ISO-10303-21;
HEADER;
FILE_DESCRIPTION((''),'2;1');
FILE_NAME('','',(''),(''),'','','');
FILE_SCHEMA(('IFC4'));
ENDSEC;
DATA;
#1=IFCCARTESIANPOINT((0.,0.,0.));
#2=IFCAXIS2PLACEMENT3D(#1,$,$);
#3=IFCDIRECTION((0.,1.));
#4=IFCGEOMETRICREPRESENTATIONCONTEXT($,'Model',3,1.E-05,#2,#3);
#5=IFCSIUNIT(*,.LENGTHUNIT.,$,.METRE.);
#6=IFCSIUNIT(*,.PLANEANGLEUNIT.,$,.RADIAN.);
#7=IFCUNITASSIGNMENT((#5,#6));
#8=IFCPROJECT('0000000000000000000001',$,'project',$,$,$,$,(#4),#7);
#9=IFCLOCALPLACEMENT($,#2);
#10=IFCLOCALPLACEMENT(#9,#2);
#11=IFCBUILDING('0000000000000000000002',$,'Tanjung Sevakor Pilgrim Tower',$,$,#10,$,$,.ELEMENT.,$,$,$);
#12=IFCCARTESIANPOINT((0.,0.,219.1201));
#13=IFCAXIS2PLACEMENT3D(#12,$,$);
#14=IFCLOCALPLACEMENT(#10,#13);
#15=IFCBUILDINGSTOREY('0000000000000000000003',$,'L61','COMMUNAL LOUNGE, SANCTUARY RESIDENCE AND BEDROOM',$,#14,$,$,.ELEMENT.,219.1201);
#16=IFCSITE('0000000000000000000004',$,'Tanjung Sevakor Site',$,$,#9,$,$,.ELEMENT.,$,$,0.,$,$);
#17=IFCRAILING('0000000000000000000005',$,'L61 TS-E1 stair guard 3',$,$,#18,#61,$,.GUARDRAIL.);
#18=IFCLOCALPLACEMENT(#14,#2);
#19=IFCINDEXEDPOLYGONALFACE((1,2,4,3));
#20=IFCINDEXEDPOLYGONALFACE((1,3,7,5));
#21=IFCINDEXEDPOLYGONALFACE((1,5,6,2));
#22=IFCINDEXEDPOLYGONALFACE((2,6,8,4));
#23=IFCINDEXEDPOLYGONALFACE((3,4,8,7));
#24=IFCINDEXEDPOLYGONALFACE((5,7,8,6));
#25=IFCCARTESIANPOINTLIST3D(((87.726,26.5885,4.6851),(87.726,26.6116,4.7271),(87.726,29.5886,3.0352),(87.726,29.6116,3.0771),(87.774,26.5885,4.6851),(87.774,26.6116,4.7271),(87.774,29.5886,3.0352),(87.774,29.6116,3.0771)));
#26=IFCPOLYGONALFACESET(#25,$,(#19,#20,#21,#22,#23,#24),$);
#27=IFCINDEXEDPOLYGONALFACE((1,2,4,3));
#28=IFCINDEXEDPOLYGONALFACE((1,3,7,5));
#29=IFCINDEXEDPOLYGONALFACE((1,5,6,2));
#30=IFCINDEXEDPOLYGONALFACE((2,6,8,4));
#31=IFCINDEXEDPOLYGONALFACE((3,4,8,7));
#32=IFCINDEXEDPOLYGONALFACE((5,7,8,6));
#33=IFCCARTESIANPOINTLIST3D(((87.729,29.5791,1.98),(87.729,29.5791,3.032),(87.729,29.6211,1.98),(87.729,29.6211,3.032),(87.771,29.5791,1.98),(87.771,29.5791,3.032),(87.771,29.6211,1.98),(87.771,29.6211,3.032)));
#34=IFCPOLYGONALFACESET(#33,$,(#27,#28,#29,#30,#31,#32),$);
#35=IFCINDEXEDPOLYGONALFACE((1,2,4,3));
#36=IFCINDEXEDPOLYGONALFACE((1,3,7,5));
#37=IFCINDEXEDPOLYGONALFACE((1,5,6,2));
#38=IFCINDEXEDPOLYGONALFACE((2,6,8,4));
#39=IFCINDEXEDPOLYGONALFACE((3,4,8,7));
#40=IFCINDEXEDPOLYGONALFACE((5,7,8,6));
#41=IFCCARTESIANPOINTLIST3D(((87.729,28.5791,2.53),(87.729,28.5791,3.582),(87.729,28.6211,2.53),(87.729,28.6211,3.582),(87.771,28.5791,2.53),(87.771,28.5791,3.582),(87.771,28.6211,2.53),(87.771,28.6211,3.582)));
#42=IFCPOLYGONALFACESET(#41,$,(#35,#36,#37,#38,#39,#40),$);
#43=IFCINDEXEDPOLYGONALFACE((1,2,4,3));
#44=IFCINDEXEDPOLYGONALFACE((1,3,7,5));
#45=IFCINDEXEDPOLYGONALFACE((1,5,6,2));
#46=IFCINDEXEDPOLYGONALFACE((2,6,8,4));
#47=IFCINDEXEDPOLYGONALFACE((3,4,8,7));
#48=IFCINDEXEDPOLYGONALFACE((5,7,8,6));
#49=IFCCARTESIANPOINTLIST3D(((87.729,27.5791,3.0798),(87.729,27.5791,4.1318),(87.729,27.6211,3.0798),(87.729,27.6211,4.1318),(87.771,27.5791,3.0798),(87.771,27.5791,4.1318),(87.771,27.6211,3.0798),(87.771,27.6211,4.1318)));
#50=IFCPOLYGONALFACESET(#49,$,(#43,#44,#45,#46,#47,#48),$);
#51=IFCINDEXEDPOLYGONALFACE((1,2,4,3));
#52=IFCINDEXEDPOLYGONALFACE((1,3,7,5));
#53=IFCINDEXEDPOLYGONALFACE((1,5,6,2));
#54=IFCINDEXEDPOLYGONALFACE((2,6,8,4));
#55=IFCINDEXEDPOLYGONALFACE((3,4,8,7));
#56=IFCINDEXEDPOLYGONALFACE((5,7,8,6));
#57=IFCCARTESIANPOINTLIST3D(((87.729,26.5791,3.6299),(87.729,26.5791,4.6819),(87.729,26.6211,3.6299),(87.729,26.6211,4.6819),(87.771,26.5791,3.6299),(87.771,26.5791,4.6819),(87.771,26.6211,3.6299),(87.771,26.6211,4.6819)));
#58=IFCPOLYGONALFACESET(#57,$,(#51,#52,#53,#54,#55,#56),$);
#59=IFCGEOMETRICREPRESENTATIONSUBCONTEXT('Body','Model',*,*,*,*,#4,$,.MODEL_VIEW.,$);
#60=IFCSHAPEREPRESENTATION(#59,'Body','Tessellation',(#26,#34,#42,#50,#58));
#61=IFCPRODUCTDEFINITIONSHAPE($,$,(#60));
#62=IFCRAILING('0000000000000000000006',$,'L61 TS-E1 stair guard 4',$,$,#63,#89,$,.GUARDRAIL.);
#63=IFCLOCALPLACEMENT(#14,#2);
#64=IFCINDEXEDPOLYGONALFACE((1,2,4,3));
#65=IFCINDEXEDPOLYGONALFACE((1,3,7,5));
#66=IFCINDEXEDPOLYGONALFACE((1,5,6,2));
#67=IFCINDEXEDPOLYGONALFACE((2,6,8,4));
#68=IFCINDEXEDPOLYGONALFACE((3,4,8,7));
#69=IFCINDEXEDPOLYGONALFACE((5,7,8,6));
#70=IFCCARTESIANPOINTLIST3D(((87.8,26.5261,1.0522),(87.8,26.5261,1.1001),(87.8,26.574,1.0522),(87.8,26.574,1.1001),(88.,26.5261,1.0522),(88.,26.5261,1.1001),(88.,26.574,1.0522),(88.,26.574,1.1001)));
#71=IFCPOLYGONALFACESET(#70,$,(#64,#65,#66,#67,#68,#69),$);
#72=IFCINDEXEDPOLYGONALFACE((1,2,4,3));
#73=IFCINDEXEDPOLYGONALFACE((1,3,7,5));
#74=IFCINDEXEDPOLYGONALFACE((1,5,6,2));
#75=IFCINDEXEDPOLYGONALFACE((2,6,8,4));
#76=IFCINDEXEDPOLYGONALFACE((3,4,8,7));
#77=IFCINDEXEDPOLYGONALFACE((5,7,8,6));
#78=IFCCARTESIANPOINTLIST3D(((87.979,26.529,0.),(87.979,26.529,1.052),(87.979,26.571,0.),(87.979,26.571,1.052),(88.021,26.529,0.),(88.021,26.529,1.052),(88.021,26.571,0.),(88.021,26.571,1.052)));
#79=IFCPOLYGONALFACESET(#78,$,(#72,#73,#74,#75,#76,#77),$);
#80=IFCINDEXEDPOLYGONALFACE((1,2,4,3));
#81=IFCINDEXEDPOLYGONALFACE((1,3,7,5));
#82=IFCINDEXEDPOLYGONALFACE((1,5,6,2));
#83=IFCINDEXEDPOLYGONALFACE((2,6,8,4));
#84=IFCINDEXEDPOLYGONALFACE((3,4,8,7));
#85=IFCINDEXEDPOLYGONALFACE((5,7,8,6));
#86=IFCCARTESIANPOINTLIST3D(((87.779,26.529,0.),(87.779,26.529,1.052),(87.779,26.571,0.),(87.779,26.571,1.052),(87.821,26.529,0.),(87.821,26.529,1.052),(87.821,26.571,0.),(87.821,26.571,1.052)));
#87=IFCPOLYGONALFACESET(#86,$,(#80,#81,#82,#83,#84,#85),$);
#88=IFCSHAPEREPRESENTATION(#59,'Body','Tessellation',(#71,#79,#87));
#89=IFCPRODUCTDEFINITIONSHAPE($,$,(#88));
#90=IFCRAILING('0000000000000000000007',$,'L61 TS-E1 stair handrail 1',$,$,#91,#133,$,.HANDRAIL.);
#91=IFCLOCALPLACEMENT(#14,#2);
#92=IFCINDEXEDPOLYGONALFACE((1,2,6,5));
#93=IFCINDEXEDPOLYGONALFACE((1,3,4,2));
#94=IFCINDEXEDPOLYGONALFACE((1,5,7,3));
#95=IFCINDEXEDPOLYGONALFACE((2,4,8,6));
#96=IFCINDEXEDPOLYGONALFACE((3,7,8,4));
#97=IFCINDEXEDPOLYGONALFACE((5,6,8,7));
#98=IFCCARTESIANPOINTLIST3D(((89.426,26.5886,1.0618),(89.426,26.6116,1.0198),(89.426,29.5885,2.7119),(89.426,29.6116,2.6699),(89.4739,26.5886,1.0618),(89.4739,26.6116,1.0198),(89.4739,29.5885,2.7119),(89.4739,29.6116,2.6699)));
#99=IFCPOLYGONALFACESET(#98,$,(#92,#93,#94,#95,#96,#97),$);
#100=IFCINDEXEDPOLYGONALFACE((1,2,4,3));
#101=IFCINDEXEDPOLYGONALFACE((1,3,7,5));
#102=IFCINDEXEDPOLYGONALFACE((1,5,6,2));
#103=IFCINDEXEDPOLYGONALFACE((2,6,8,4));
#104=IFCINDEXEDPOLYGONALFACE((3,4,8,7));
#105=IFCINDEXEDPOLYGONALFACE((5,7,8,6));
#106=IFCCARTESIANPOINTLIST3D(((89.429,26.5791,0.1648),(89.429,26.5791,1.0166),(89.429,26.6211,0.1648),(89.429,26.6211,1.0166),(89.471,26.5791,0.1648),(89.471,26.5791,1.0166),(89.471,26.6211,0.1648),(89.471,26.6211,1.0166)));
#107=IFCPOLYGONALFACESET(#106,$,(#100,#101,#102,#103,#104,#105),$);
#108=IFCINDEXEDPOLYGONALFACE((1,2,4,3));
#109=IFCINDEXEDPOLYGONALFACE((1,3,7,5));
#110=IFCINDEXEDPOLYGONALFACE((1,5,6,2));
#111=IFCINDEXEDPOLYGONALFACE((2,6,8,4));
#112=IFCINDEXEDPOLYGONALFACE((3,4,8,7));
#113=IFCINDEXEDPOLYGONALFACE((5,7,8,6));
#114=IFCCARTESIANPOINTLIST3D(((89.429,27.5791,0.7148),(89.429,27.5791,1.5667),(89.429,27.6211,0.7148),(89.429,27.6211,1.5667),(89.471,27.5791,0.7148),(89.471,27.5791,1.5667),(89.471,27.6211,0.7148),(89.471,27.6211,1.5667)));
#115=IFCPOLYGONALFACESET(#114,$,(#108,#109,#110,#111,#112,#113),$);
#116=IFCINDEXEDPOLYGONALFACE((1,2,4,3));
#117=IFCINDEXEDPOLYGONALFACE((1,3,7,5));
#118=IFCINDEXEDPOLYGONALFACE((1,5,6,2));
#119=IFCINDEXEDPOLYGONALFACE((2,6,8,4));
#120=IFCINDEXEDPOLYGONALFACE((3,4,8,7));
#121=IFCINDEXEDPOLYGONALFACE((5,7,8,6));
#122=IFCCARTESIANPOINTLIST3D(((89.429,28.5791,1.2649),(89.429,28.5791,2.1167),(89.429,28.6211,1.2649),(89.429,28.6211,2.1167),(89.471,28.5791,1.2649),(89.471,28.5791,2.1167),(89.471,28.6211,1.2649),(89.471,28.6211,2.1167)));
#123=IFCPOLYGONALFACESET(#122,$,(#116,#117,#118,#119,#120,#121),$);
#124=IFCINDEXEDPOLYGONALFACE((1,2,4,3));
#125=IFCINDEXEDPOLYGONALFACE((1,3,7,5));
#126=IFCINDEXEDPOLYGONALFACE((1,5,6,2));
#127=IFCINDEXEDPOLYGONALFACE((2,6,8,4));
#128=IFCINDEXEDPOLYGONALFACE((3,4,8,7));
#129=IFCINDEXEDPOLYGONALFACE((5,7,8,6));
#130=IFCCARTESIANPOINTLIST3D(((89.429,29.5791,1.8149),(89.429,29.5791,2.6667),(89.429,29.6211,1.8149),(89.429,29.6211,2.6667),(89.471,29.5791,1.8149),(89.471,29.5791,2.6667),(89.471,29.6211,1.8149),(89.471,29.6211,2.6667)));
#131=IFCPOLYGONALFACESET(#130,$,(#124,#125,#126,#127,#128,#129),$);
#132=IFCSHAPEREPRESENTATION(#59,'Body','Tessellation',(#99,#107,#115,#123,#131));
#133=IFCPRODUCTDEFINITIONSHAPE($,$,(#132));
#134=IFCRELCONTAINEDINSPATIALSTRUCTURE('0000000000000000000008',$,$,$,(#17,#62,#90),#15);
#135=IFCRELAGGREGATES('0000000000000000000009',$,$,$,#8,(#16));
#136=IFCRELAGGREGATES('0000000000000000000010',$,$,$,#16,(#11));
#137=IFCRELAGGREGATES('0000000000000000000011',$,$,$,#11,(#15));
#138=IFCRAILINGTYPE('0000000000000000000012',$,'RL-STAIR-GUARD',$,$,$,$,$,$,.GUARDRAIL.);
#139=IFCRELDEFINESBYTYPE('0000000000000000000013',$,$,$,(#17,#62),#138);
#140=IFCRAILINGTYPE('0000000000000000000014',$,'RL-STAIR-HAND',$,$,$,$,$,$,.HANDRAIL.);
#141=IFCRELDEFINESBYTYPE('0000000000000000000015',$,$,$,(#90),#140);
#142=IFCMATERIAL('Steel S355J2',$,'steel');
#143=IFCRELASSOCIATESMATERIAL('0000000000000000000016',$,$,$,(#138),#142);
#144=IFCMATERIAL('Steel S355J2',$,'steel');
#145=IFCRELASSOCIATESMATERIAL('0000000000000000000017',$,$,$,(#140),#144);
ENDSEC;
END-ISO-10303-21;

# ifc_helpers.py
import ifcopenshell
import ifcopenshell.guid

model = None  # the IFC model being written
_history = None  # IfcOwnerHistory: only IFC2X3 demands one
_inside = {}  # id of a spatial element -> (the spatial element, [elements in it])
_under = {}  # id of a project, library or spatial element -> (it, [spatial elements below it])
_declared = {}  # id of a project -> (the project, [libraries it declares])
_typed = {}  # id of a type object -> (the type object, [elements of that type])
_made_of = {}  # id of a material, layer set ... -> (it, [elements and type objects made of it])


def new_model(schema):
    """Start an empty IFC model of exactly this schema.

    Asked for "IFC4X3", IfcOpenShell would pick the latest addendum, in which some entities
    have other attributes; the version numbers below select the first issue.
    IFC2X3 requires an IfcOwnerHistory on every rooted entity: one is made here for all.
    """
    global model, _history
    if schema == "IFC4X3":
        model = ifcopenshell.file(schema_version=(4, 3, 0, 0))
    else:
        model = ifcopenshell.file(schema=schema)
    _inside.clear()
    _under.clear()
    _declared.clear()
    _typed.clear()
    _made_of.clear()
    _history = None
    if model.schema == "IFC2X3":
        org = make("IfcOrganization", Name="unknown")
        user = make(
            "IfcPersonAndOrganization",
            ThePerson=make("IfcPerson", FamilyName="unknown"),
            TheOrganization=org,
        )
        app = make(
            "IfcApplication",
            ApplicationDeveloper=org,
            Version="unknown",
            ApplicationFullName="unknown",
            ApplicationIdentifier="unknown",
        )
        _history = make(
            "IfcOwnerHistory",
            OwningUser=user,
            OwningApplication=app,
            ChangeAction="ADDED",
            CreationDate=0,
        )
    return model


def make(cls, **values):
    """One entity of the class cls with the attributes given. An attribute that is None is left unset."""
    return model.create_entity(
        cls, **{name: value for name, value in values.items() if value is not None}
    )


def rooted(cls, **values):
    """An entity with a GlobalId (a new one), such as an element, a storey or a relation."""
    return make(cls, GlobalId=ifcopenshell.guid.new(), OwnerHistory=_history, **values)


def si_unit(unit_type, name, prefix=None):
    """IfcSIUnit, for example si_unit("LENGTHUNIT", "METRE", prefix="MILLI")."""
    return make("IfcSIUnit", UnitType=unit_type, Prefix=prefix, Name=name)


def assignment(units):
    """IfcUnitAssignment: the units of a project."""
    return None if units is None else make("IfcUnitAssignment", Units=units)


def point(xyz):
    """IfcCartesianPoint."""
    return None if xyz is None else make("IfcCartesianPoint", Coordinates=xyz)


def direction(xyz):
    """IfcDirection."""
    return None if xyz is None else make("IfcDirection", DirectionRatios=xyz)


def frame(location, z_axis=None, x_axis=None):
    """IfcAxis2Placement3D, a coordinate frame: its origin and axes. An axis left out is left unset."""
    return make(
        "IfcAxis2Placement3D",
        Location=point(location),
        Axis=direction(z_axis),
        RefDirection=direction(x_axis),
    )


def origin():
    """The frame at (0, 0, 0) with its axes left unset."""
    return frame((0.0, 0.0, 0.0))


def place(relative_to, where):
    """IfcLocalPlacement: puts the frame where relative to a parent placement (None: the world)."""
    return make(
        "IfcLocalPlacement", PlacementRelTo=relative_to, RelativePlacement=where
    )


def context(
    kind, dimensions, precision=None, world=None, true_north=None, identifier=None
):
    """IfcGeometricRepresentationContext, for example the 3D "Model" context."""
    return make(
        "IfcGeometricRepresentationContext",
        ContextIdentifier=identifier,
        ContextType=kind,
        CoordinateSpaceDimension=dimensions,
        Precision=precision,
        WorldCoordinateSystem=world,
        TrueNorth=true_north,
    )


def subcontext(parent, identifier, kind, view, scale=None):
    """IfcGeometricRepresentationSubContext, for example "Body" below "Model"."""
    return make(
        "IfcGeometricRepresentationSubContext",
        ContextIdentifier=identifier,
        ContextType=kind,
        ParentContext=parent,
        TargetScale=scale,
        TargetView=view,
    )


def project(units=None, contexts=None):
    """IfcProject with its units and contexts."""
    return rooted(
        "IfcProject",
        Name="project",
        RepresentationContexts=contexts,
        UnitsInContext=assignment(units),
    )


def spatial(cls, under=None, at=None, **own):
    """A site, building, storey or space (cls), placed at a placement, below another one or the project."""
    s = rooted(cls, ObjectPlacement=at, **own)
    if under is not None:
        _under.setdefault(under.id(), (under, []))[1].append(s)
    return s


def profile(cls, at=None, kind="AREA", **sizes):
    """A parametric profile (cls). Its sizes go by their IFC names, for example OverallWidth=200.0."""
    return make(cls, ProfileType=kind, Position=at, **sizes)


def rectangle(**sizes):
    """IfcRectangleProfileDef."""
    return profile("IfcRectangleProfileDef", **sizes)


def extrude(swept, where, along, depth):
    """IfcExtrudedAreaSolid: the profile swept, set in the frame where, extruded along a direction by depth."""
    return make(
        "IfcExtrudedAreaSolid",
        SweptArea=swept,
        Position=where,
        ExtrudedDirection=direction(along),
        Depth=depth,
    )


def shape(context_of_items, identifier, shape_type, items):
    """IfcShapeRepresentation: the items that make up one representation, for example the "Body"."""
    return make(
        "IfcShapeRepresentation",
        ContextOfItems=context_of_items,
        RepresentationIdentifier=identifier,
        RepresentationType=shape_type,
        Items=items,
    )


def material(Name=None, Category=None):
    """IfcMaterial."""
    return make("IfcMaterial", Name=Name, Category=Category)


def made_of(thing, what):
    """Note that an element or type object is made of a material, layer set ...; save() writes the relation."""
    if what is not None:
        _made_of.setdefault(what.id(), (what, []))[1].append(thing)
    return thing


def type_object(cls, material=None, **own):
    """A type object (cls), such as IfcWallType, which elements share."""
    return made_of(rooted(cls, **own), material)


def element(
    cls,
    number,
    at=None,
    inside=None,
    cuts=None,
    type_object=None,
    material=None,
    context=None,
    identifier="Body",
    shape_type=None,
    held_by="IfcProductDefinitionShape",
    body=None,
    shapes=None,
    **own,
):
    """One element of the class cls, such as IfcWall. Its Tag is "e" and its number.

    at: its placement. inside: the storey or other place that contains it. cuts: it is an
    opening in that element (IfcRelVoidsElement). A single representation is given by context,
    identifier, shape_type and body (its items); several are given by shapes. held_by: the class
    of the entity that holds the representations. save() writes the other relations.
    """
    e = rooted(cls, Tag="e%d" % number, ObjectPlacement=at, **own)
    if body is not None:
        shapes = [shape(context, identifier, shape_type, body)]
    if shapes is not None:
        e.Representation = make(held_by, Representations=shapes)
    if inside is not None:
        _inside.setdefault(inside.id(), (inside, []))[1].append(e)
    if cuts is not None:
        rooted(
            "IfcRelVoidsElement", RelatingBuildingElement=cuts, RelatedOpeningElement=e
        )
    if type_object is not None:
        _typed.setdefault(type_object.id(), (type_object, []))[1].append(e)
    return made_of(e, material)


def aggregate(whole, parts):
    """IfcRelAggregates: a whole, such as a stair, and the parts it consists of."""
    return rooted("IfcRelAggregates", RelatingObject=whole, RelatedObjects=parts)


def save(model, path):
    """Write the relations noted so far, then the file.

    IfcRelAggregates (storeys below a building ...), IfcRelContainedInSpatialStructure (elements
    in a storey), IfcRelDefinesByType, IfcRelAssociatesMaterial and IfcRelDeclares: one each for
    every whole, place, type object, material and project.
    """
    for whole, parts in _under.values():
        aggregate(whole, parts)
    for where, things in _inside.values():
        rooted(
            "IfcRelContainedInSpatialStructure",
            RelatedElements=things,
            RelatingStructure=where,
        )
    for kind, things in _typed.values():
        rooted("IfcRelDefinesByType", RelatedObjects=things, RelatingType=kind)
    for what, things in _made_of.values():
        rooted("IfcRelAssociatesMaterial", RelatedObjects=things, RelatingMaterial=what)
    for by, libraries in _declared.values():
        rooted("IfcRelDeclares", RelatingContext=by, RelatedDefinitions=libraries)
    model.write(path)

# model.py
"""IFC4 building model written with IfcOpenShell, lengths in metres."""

from ifc_helpers import new_model, si_unit, direction, frame, origin, place, context, subcontext, project, spatial, rectangle, extrude, material, type_object, element, save


model = new_model("IFC4")

# Units and contexts
model_context = context("Model", 3, precision=1e-05, world=origin(), true_north=direction((0.0, 1.0)))
body_context = subcontext(model_context, "Body", "Model", "MODEL_VIEW")
ifc_project = project(units=[si_unit("LENGTHUNIT", "METRE"), si_unit("PLANEANGLEUNIT", "RADIAN")], contexts=[model_context])

# Site, building, storey
site_placement = place(None, origin())
site = spatial("IfcSite", under=ifc_project, at=site_placement, Name="Tanjung Sevakor Site", CompositionType="ELEMENT", RefElevation=0.0)
building_placement = place(site_placement, origin())
building = spatial("IfcBuilding", under=site, at=building_placement, Name="Tanjung Sevakor Pilgrim Tower", CompositionType="ELEMENT")
storey_placement = place(building_placement, frame((0.0, 0.0, 219.1201)))
storey = spatial("IfcBuildingStorey", under=building, at=storey_placement, Name="L61", Description="COMMUNAL LOUNGE, SANCTUARY RESIDENCE AND BEDROOM", CompositionType="ELEMENT", Elevation=219.1201)

# Railings
ifc_material_1 = material(Name="Steel S355J2", Category="steel")
railing_type_1 = type_object("IfcRailingType", Name="RL-STAIR-GUARD", PredefinedType="GUARDRAIL", material=ifc_material_1)
railing_1_placement = place(storey_placement, frame((87.75, 29.6001, 1.98)))
element("IfcRailing", 1, at=railing_1_placement, inside=storey, type_object=railing_type_1, Name="L61 TS-E1 stair guard 3", PredefinedType="GUARDRAIL", context=body_context, shape_type="SweptSolid", body=[
    extrude(rectangle(XDim=0.0479, YDim=0.0479), frame((0.0, 0.0, 1.0762), z_axis=(0.0, -0.876228, 0.481897), x_axis=(1.0, 0.0, 0.0)), (0.0, 0.0, 1.0), 3.4238),
    extrude(rectangle(XDim=0.042, YDim=0.042), origin(), (0.0, 0.0, 1.0), 1.052),
    extrude(rectangle(XDim=0.042, YDim=0.042), frame((0.0, -1.0, 0.55)), (0.0, 0.0, 1.0), 1.052),
    extrude(rectangle(XDim=0.042, YDim=0.042), frame((0.0, -2.0, 1.0999)), (0.0, 0.0, 1.0), 1.052),
    extrude(rectangle(XDim=0.042, YDim=0.042), frame((0.0, -3.0, 1.6499)), (0.0, 0.0, 1.0), 1.052),
])
railing_2_placement = place(storey_placement, frame((88.0, 26.55, 0.0)))
element("IfcRailing", 2, at=railing_2_placement, inside=storey, type_object=railing_type_1, Name="L61 TS-E1 stair guard 4", PredefinedType="GUARDRAIL", context=body_context, shape_type="SweptSolid", body=[
    extrude(rectangle(XDim=0.0479, YDim=0.0479), frame((0.0, 0.0, 1.0762), z_axis=(-1.0, 0.0, 0.0), x_axis=(0.0, -1.0, 0.0)), (0.0, 0.0, 1.0), 0.2),
    extrude(rectangle(XDim=0.042, YDim=0.042), origin(), (0.0, 0.0, 1.0), 1.052),
    extrude(rectangle(XDim=0.042, YDim=0.042), frame((-0.2, 0.0, 0.0)), (0.0, 0.0, 1.0), 1.052),
])
ifc_material_2 = material(Name="Steel S355J2", Category="steel")
railing_type_2 = type_object("IfcRailingType", Name="RL-STAIR-HAND", PredefinedType="HANDRAIL", material=ifc_material_2)
railing_3_placement = place(storey_placement, frame((89.45, 26.6001, 0.1648)))
element("IfcRailing", 3, at=railing_3_placement, inside=storey, type_object=railing_type_2, Name="L61 TS-E1 stair handrail 1", PredefinedType="HANDRAIL", context=body_context, shape_type="SweptSolid", body=[
    extrude(rectangle(XDim=0.0479, YDim=0.0479), frame((0.0, 0.0, 0.876), z_axis=(0.0, 0.876198, 0.481952), x_axis=(-1.0, 0.0, 0.0)), (0.0, 0.0, 1.0), 3.4238),
    extrude(rectangle(XDim=0.042, YDim=0.042), origin(), (0.0, 0.0, 1.0), 0.8518),
    extrude(rectangle(XDim=0.042, YDim=0.042), frame((0.0, 1.0, 0.55)), (0.0, 0.0, 1.0), 0.8518),
    extrude(rectangle(XDim=0.042, YDim=0.042), frame((0.0, 2.0, 1.1001)), (0.0, 0.0, 1.0), 0.8518),
    extrude(rectangle(XDim=0.042, YDim=0.042), frame((0.0, 3.0, 1.6501)), (0.0, 0.0, 1.0), 0.8518),
])

save(model, "model.ifc")
